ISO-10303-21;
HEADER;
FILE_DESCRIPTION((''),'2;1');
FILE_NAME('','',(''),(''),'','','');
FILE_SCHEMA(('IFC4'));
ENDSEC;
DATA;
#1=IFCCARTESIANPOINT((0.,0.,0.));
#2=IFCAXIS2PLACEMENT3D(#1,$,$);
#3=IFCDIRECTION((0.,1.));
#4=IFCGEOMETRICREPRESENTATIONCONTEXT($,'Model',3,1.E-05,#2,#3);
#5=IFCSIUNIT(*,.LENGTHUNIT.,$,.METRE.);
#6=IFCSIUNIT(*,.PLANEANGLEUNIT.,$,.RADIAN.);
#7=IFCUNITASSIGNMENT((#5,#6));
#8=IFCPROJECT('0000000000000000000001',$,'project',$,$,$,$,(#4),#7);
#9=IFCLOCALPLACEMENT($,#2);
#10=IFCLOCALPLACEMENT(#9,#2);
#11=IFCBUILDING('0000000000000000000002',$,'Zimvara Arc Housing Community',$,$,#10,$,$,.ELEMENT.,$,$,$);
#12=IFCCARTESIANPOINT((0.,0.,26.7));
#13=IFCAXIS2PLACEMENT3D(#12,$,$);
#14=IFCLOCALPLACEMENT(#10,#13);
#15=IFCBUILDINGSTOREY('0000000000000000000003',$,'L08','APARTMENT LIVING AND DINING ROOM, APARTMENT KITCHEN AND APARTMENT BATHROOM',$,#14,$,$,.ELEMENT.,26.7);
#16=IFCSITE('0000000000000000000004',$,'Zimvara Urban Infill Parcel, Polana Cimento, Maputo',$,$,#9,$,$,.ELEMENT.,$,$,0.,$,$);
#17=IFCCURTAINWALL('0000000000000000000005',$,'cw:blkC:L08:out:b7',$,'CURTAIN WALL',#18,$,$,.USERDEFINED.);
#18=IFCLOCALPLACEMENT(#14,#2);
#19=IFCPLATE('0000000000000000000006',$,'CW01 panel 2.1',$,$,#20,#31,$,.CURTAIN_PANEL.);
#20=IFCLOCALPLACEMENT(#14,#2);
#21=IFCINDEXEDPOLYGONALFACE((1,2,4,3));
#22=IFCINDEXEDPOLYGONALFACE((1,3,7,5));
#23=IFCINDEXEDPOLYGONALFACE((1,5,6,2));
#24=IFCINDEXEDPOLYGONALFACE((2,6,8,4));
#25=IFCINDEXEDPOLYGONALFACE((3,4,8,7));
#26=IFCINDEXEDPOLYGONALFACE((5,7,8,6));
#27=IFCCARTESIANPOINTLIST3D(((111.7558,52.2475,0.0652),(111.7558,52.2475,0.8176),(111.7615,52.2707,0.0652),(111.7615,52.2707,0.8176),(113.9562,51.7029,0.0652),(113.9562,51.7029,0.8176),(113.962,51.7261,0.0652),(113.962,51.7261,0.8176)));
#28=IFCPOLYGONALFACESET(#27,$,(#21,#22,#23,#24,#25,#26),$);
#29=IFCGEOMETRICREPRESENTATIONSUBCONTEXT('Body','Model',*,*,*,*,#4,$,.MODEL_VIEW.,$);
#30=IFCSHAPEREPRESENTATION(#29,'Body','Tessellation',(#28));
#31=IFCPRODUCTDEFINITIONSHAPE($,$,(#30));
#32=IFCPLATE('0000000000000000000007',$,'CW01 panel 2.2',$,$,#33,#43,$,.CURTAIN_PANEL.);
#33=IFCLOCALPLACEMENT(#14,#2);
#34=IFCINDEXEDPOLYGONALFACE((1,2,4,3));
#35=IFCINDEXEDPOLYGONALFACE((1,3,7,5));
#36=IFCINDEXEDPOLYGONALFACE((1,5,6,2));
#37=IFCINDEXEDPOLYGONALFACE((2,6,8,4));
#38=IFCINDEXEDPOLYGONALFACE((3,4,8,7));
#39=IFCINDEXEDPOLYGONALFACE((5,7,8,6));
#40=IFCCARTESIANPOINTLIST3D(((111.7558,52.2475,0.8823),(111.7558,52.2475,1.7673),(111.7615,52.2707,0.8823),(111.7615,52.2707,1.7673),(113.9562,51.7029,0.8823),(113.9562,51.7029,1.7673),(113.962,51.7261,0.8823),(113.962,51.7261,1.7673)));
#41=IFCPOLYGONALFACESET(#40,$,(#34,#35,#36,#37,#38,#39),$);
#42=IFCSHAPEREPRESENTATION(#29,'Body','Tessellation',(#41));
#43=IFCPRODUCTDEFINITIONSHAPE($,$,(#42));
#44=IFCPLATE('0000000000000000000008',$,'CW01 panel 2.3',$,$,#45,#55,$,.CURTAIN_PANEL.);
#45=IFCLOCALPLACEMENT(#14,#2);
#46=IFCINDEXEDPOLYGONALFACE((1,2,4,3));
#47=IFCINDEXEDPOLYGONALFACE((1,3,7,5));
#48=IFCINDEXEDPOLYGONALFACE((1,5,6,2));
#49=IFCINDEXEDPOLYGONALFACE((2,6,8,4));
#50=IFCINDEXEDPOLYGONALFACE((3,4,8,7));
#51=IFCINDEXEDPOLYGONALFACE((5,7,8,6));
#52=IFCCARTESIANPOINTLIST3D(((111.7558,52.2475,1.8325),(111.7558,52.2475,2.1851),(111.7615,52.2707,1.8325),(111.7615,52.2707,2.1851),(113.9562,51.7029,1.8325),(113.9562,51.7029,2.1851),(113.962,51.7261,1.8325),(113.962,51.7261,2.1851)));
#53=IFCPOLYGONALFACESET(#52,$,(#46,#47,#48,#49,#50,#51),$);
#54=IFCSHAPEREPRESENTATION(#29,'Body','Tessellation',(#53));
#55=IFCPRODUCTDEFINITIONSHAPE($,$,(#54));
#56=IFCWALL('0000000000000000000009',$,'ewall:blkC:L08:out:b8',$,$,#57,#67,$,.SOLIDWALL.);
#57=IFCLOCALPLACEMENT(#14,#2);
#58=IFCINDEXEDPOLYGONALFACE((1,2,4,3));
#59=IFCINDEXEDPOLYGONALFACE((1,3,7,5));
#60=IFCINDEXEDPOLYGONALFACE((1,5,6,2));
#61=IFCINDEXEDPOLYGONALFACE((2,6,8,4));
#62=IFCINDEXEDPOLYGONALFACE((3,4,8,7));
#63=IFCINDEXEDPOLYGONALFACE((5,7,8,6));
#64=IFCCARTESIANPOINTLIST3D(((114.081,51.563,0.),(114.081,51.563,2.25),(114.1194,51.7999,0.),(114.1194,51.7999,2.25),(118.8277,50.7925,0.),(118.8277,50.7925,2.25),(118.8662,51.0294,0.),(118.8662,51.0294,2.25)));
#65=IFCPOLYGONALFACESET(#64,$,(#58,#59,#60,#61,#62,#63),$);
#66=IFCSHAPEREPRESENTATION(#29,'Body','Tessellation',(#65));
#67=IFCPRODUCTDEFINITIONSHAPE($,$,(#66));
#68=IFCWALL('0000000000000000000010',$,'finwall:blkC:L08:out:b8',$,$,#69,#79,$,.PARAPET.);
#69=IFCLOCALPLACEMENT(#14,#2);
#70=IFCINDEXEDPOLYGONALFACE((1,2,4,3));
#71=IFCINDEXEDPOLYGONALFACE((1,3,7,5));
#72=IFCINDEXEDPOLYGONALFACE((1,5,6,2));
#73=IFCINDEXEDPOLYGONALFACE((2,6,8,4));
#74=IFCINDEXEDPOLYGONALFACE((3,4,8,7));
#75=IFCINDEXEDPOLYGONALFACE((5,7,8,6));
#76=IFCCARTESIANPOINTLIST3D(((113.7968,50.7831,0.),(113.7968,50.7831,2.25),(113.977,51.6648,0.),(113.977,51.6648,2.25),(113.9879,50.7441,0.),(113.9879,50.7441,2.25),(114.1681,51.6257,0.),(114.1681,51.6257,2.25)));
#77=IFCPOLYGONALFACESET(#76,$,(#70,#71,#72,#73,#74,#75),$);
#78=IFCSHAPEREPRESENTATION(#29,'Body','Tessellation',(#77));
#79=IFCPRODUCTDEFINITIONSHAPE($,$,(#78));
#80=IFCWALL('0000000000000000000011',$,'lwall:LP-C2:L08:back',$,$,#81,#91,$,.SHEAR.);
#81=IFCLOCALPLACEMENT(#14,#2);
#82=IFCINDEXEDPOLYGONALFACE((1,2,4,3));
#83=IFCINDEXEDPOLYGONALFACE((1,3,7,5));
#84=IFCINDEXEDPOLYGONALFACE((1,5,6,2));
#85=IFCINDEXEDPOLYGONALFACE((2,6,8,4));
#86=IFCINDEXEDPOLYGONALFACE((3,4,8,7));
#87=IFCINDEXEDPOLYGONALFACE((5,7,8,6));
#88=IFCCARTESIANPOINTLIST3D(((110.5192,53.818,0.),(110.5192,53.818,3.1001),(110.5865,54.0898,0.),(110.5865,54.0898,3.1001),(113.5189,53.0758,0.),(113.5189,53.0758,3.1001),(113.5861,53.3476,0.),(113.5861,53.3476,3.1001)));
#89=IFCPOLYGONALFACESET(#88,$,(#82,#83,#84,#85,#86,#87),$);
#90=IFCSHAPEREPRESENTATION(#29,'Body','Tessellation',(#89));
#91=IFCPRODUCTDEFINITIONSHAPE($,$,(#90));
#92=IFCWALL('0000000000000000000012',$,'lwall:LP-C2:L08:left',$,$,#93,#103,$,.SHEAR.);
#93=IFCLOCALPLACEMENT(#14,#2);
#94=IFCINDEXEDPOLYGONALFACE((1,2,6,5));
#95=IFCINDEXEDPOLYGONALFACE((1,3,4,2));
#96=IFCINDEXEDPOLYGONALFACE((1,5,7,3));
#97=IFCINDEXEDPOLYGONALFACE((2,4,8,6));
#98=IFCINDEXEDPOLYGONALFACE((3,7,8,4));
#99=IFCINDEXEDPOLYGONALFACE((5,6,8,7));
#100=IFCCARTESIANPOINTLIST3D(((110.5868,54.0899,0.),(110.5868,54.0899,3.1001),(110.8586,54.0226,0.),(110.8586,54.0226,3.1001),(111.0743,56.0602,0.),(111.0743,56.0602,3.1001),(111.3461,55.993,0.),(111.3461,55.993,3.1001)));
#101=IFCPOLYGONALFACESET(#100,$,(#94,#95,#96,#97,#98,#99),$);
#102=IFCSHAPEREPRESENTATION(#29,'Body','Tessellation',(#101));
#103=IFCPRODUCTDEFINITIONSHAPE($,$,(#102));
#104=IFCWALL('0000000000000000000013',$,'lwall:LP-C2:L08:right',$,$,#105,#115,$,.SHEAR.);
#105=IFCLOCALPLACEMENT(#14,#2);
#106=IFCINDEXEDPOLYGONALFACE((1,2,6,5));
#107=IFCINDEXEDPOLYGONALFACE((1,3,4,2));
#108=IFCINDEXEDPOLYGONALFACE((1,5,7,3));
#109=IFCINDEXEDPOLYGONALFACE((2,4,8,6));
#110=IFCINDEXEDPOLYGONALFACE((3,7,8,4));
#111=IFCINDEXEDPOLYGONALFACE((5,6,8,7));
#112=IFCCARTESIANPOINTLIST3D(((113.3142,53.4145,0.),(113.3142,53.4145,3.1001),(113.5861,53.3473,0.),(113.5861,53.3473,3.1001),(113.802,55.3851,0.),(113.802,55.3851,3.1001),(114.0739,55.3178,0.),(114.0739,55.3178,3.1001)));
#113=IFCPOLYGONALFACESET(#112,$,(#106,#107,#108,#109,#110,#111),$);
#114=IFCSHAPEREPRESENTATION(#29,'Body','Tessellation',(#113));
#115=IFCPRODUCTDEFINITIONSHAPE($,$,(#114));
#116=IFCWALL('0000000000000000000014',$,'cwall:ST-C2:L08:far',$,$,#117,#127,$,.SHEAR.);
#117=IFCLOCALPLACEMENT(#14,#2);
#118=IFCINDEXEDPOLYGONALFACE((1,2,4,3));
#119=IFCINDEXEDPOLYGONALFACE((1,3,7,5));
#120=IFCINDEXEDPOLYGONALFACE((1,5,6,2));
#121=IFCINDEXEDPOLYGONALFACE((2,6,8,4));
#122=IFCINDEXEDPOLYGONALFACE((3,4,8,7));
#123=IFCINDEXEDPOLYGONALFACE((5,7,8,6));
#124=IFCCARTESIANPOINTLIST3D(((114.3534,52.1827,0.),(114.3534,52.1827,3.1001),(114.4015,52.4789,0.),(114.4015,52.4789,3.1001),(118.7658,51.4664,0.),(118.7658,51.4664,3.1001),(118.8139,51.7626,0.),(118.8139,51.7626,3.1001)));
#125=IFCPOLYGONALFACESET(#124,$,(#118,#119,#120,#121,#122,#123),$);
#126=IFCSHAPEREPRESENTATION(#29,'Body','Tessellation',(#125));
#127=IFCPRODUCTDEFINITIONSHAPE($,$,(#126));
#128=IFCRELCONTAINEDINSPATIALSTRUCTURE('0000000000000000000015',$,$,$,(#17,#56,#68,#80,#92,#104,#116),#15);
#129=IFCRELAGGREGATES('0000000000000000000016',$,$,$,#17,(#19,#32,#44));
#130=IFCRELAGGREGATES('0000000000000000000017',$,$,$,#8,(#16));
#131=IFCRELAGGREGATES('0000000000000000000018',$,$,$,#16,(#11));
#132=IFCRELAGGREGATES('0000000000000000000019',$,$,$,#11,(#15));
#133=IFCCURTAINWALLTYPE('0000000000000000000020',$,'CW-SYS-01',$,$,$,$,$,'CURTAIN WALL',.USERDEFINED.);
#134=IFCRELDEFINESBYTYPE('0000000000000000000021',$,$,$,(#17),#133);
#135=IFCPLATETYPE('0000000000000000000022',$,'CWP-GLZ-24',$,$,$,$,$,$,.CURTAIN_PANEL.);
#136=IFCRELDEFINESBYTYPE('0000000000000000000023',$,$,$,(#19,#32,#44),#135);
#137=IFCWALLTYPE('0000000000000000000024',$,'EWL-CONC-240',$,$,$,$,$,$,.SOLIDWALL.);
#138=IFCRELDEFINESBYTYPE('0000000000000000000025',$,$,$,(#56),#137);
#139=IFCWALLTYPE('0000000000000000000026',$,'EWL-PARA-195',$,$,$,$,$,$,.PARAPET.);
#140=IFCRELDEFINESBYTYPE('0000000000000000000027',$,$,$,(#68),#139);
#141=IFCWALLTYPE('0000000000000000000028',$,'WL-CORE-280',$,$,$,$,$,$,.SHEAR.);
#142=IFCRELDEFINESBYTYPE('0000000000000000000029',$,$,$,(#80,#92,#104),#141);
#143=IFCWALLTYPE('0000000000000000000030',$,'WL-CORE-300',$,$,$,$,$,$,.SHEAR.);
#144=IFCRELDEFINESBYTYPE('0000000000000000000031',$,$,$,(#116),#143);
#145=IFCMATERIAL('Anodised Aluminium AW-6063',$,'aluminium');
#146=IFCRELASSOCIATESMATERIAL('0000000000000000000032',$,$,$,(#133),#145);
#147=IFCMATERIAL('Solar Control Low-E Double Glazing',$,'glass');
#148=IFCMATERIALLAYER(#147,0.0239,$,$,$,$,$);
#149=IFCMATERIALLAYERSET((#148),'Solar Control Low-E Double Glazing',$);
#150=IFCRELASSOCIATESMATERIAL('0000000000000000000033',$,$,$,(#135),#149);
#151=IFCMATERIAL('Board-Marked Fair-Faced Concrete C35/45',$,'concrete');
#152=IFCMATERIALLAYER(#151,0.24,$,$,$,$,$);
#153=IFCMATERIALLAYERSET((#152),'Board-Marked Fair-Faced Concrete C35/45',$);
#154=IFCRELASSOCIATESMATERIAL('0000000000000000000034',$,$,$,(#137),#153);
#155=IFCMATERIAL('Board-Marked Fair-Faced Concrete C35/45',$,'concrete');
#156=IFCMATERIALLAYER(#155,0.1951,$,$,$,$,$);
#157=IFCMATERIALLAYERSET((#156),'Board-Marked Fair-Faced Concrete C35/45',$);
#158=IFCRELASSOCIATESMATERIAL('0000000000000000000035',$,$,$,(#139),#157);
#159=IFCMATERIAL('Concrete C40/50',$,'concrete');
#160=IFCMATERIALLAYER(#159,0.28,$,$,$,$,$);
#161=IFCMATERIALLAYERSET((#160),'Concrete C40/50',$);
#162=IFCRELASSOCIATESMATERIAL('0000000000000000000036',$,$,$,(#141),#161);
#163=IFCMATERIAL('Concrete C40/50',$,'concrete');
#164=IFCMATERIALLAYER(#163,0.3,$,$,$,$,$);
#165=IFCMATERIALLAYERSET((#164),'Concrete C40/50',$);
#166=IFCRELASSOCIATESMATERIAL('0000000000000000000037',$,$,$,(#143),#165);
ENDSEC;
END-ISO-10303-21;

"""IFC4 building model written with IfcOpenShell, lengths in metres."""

from ifc_helpers import new_model, si_unit, direction, frame, frame_2d, origin, origin_2d, place, context, subcontext, project, spatial, rectangle, extrude, material, layer, layer_set, type_object, element, aggregate, save


model = new_model("IFC4")

# Units and contexts
model_context = context("Model", 3, precision=1e-05, world=origin(), true_north=direction((0.0, 1.0)))
body_context = subcontext(model_context, "Body", "Model", "MODEL_VIEW")
ifc_project = project(units=[si_unit("LENGTHUNIT", "METRE"), si_unit("PLANEANGLEUNIT", "RADIAN")], contexts=[model_context])

# Site, building, storey
site_placement = place(None, origin())
site = spatial("IfcSite", under=ifc_project, at=site_placement, Name="Zimvara Urban Infill Parcel, Polana Cimento, Maputo", CompositionType="ELEMENT", RefElevation=0.0)
building_placement = place(site_placement, origin())
building = spatial("IfcBuilding", under=site, at=building_placement, Name="Zimvara Arc Housing Community", CompositionType="ELEMENT")
storey_placement = place(building_placement, frame((0.0, 0.0, 26.7)))
storey = spatial("IfcBuildingStorey", under=building, at=storey_placement, Name="L08", Description="APARTMENT LIVING AND DINING ROOM, APARTMENT KITCHEN AND APARTMENT BATHROOM", CompositionType="ELEMENT", Elevation=26.7)

# Curtain wall, plates
ifc_material_1 = material(Name="Anodised Aluminium AW-6063", Category="aluminium")
curtain_wall_type = type_object("IfcCurtainWallType", Name="CW-SYS-01", ElementType="CURTAIN WALL", PredefinedType="USERDEFINED", material=ifc_material_1)
curtain_wall_placement = place(storey_placement, origin())
curtain_wall = element("IfcCurtainWall", 1, at=curtain_wall_placement, inside=storey, type_object=curtain_wall_type, Name="cw:blkC:L08:out:b7", ObjectType="CURTAIN WALL", PredefinedType="USERDEFINED")
ifc_material_2 = material(Name="Solar Control Low-E Double Glazing", Category="glass")
ifc_layer_1 = layer(ifc_material_2, 0.0239)
ifc_layer_set_1 = layer_set([ifc_layer_1], Name="Solar Control Low-E Double Glazing")
plate_type = type_object("IfcPlateType", Name="CWP-GLZ-24", PredefinedType="CURTAIN_PANEL", material=ifc_layer_set_1)
plate_1_placement = place(storey_placement, frame((112.8589, 51.9868, 0.0652), z_axis=(0.0, 0.0, 1.0), x_axis=(0.970716, -0.24023, 0.0)))
plate_1 = element("IfcPlate", 2, at=plate_1_placement, type_object=plate_type, Name="CW01 panel 2.1", PredefinedType="CURTAIN_PANEL", context=body_context, shape_type="SweptSolid", body=[
    extrude(rectangle(XDim=2.2668, YDim=0.0239, at=origin_2d()), origin(), (0.0, 0.0, 1.0), 0.7524),
])
plate_2_placement = place(storey_placement, frame((112.8589, 51.9868, 0.8823), z_axis=(0.0, 0.0, 1.0), x_axis=(0.970716, -0.24023, 0.0)))
plate_2 = element("IfcPlate", 3, at=plate_2_placement, type_object=plate_type, Name="CW01 panel 2.2", PredefinedType="CURTAIN_PANEL", context=body_context, shape_type="SweptSolid", body=[
    extrude(rectangle(XDim=2.2668, YDim=0.0239, at=origin_2d()), origin(), (0.0, 0.0, 1.0), 0.885),
])
plate_3_placement = place(storey_placement, frame((112.8589, 51.9868, 1.8325), z_axis=(0.0, 0.0, 1.0), x_axis=(0.970716, -0.24023, 0.0)))
plate_3 = element("IfcPlate", 4, at=plate_3_placement, type_object=plate_type, Name="CW01 panel 2.3", PredefinedType="CURTAIN_PANEL", context=body_context, shape_type="SweptSolid", body=[
    extrude(rectangle(XDim=2.2668, YDim=0.0239, at=origin_2d()), origin(), (0.0, 0.0, 1.0), 0.3525),
])
aggregate(curtain_wall, [plate_1, plate_2, plate_3])

# Walls
ifc_material_3 = material(Name="Board-Marked Fair-Faced Concrete C35/45", Category="concrete")
ifc_layer_2 = layer(ifc_material_3, 0.24)
ifc_layer_set_2 = layer_set([ifc_layer_2], Name="Board-Marked Fair-Faced Concrete C35/45")
wall_type_1 = type_object("IfcWallType", Name="EWL-CONC-240", PredefinedType="SOLIDWALL", material=ifc_layer_set_2)
wall_1_placement = place(storey_placement, frame((114.1003, 51.6814, 0.0), z_axis=(0.0, 0.0, 1.0), x_axis=(0.987081, -0.160224, 0.0)))
element("IfcWall", 5, at=wall_1_placement, inside=storey, type_object=wall_type_1, Name="ewall:blkC:L08:out:b8", PredefinedType="SOLIDWALL", context=body_context, shape_type="SweptSolid", body=[
    extrude(rectangle(XDim=4.8088, YDim=0.24, at=frame_2d((2.4043, 0.0))), origin(), (0.0, 0.0, 1.0), 2.25),
])
ifc_material_4 = material(Name="Board-Marked Fair-Faced Concrete C35/45", Category="concrete")
ifc_layer_3 = layer(ifc_material_4, 0.1951)
ifc_layer_set_3 = layer_set([ifc_layer_3], Name="Board-Marked Fair-Faced Concrete C35/45")
wall_type_2 = type_object("IfcWallType", Name="EWL-PARA-195", PredefinedType="PARAPET", material=ifc_layer_set_3)
wall_2_placement = place(storey_placement, frame((114.0725, 51.6453, 0.0), z_axis=(0.0, 0.0, 1.0), x_axis=(-0.200236, -0.979748, 0.0)))
element("IfcWall", 6, at=wall_2_placement, inside=storey, type_object=wall_type_2, Name="finwall:blkC:L08:out:b8", PredefinedType="PARAPET", context=body_context, shape_type="SweptSolid", body=[
    extrude(rectangle(XDim=0.8999, YDim=0.1951, at=frame_2d((0.45, 0.0))), origin(), (0.0, 0.0, 1.0), 2.25),
])

# Shared definitions
ifc_material_5 = material(Name="Concrete C40/50", Category="concrete")
ifc_layer_4 = layer(ifc_material_5, 0.28)
ifc_layer_set_4 = layer_set([ifc_layer_4], Name="Concrete C40/50")
wall_type_3 = type_object("IfcWallType", Name="WL-CORE-280", PredefinedType="SHEAR", material=ifc_layer_set_4)

# Walls
wall_3_placement = place(storey_placement, frame((110.553, 53.9539, 0.0), z_axis=(0.0, 0.0, 1.0), x_axis=(0.970725, -0.240192, 0.0)))
element("IfcWall", 7, at=wall_3_placement, inside=storey, type_object=wall_type_3, Name="lwall:LP-C2:L08:back", PredefinedType="SHEAR", context=body_context, shape_type="SweptSolid", body=[
    extrude(rectangle(XDim=3.0901, YDim=0.28, at=frame_2d((1.5449, 0.0))), origin(), (0.0, 0.0, 1.0), 3.1001),
])
wall_4_placement = place(storey_placement, frame((111.2102, 56.0266, 0.0), z_axis=(0.0, 0.0, 1.0), x_axis=(-0.240186, -0.970727, 0.0)))
element("IfcWall", 8, at=wall_4_placement, inside=storey, type_object=wall_type_3, Name="lwall:LP-C2:L08:left", PredefinedType="SHEAR", context=body_context, shape_type="SweptSolid", body=[
    extrude(rectangle(XDim=2.0298, YDim=0.28, at=frame_2d((1.0149, 0.0))), origin(), (0.0, 0.0, 1.0), 3.1001),
])
wall_5_placement = place(storey_placement, frame((113.938, 55.3516, 0.0), z_axis=(0.0, 0.0, 1.0), x_axis=(-0.240299, -0.970699, 0.0)))
element("IfcWall", 9, at=wall_5_placement, inside=storey, type_object=wall_type_3, Name="lwall:LP-C2:L08:right", PredefinedType="SHEAR", context=body_context, shape_type="SweptSolid", body=[
    extrude(rectangle(XDim=2.03, YDim=0.28, at=frame_2d((1.0151, 0.0))), origin(), (0.0, 0.0, 1.0), 3.1001),
])
ifc_material_6 = material(Name="Concrete C40/50", Category="concrete")
ifc_layer_5 = layer(ifc_material_6, 0.3)
ifc_layer_set_5 = layer_set([ifc_layer_5], Name="Concrete C40/50")
wall_type_4 = type_object("IfcWallType", Name="WL-CORE-300", PredefinedType="SHEAR", material=ifc_layer_set_5)
wall_6_placement = place(storey_placement, frame((114.3774, 52.3308, 0.0), z_axis=(0.0, 0.0, 1.0), x_axis=(0.987077, -0.160244, 0.0)))
element("IfcWall", 10, at=wall_6_placement, inside=storey, type_object=wall_type_4, Name="cwall:ST-C2:L08:far", PredefinedType="SHEAR", context=body_context, shape_type="SweptSolid", body=[
    extrude(rectangle(XDim=4.4702, YDim=0.3, at=frame_2d((2.2351, 0.0))), origin(), (0.0, 0.0, 1.0), 3.1001),
])

save(model, "model.ifc")
